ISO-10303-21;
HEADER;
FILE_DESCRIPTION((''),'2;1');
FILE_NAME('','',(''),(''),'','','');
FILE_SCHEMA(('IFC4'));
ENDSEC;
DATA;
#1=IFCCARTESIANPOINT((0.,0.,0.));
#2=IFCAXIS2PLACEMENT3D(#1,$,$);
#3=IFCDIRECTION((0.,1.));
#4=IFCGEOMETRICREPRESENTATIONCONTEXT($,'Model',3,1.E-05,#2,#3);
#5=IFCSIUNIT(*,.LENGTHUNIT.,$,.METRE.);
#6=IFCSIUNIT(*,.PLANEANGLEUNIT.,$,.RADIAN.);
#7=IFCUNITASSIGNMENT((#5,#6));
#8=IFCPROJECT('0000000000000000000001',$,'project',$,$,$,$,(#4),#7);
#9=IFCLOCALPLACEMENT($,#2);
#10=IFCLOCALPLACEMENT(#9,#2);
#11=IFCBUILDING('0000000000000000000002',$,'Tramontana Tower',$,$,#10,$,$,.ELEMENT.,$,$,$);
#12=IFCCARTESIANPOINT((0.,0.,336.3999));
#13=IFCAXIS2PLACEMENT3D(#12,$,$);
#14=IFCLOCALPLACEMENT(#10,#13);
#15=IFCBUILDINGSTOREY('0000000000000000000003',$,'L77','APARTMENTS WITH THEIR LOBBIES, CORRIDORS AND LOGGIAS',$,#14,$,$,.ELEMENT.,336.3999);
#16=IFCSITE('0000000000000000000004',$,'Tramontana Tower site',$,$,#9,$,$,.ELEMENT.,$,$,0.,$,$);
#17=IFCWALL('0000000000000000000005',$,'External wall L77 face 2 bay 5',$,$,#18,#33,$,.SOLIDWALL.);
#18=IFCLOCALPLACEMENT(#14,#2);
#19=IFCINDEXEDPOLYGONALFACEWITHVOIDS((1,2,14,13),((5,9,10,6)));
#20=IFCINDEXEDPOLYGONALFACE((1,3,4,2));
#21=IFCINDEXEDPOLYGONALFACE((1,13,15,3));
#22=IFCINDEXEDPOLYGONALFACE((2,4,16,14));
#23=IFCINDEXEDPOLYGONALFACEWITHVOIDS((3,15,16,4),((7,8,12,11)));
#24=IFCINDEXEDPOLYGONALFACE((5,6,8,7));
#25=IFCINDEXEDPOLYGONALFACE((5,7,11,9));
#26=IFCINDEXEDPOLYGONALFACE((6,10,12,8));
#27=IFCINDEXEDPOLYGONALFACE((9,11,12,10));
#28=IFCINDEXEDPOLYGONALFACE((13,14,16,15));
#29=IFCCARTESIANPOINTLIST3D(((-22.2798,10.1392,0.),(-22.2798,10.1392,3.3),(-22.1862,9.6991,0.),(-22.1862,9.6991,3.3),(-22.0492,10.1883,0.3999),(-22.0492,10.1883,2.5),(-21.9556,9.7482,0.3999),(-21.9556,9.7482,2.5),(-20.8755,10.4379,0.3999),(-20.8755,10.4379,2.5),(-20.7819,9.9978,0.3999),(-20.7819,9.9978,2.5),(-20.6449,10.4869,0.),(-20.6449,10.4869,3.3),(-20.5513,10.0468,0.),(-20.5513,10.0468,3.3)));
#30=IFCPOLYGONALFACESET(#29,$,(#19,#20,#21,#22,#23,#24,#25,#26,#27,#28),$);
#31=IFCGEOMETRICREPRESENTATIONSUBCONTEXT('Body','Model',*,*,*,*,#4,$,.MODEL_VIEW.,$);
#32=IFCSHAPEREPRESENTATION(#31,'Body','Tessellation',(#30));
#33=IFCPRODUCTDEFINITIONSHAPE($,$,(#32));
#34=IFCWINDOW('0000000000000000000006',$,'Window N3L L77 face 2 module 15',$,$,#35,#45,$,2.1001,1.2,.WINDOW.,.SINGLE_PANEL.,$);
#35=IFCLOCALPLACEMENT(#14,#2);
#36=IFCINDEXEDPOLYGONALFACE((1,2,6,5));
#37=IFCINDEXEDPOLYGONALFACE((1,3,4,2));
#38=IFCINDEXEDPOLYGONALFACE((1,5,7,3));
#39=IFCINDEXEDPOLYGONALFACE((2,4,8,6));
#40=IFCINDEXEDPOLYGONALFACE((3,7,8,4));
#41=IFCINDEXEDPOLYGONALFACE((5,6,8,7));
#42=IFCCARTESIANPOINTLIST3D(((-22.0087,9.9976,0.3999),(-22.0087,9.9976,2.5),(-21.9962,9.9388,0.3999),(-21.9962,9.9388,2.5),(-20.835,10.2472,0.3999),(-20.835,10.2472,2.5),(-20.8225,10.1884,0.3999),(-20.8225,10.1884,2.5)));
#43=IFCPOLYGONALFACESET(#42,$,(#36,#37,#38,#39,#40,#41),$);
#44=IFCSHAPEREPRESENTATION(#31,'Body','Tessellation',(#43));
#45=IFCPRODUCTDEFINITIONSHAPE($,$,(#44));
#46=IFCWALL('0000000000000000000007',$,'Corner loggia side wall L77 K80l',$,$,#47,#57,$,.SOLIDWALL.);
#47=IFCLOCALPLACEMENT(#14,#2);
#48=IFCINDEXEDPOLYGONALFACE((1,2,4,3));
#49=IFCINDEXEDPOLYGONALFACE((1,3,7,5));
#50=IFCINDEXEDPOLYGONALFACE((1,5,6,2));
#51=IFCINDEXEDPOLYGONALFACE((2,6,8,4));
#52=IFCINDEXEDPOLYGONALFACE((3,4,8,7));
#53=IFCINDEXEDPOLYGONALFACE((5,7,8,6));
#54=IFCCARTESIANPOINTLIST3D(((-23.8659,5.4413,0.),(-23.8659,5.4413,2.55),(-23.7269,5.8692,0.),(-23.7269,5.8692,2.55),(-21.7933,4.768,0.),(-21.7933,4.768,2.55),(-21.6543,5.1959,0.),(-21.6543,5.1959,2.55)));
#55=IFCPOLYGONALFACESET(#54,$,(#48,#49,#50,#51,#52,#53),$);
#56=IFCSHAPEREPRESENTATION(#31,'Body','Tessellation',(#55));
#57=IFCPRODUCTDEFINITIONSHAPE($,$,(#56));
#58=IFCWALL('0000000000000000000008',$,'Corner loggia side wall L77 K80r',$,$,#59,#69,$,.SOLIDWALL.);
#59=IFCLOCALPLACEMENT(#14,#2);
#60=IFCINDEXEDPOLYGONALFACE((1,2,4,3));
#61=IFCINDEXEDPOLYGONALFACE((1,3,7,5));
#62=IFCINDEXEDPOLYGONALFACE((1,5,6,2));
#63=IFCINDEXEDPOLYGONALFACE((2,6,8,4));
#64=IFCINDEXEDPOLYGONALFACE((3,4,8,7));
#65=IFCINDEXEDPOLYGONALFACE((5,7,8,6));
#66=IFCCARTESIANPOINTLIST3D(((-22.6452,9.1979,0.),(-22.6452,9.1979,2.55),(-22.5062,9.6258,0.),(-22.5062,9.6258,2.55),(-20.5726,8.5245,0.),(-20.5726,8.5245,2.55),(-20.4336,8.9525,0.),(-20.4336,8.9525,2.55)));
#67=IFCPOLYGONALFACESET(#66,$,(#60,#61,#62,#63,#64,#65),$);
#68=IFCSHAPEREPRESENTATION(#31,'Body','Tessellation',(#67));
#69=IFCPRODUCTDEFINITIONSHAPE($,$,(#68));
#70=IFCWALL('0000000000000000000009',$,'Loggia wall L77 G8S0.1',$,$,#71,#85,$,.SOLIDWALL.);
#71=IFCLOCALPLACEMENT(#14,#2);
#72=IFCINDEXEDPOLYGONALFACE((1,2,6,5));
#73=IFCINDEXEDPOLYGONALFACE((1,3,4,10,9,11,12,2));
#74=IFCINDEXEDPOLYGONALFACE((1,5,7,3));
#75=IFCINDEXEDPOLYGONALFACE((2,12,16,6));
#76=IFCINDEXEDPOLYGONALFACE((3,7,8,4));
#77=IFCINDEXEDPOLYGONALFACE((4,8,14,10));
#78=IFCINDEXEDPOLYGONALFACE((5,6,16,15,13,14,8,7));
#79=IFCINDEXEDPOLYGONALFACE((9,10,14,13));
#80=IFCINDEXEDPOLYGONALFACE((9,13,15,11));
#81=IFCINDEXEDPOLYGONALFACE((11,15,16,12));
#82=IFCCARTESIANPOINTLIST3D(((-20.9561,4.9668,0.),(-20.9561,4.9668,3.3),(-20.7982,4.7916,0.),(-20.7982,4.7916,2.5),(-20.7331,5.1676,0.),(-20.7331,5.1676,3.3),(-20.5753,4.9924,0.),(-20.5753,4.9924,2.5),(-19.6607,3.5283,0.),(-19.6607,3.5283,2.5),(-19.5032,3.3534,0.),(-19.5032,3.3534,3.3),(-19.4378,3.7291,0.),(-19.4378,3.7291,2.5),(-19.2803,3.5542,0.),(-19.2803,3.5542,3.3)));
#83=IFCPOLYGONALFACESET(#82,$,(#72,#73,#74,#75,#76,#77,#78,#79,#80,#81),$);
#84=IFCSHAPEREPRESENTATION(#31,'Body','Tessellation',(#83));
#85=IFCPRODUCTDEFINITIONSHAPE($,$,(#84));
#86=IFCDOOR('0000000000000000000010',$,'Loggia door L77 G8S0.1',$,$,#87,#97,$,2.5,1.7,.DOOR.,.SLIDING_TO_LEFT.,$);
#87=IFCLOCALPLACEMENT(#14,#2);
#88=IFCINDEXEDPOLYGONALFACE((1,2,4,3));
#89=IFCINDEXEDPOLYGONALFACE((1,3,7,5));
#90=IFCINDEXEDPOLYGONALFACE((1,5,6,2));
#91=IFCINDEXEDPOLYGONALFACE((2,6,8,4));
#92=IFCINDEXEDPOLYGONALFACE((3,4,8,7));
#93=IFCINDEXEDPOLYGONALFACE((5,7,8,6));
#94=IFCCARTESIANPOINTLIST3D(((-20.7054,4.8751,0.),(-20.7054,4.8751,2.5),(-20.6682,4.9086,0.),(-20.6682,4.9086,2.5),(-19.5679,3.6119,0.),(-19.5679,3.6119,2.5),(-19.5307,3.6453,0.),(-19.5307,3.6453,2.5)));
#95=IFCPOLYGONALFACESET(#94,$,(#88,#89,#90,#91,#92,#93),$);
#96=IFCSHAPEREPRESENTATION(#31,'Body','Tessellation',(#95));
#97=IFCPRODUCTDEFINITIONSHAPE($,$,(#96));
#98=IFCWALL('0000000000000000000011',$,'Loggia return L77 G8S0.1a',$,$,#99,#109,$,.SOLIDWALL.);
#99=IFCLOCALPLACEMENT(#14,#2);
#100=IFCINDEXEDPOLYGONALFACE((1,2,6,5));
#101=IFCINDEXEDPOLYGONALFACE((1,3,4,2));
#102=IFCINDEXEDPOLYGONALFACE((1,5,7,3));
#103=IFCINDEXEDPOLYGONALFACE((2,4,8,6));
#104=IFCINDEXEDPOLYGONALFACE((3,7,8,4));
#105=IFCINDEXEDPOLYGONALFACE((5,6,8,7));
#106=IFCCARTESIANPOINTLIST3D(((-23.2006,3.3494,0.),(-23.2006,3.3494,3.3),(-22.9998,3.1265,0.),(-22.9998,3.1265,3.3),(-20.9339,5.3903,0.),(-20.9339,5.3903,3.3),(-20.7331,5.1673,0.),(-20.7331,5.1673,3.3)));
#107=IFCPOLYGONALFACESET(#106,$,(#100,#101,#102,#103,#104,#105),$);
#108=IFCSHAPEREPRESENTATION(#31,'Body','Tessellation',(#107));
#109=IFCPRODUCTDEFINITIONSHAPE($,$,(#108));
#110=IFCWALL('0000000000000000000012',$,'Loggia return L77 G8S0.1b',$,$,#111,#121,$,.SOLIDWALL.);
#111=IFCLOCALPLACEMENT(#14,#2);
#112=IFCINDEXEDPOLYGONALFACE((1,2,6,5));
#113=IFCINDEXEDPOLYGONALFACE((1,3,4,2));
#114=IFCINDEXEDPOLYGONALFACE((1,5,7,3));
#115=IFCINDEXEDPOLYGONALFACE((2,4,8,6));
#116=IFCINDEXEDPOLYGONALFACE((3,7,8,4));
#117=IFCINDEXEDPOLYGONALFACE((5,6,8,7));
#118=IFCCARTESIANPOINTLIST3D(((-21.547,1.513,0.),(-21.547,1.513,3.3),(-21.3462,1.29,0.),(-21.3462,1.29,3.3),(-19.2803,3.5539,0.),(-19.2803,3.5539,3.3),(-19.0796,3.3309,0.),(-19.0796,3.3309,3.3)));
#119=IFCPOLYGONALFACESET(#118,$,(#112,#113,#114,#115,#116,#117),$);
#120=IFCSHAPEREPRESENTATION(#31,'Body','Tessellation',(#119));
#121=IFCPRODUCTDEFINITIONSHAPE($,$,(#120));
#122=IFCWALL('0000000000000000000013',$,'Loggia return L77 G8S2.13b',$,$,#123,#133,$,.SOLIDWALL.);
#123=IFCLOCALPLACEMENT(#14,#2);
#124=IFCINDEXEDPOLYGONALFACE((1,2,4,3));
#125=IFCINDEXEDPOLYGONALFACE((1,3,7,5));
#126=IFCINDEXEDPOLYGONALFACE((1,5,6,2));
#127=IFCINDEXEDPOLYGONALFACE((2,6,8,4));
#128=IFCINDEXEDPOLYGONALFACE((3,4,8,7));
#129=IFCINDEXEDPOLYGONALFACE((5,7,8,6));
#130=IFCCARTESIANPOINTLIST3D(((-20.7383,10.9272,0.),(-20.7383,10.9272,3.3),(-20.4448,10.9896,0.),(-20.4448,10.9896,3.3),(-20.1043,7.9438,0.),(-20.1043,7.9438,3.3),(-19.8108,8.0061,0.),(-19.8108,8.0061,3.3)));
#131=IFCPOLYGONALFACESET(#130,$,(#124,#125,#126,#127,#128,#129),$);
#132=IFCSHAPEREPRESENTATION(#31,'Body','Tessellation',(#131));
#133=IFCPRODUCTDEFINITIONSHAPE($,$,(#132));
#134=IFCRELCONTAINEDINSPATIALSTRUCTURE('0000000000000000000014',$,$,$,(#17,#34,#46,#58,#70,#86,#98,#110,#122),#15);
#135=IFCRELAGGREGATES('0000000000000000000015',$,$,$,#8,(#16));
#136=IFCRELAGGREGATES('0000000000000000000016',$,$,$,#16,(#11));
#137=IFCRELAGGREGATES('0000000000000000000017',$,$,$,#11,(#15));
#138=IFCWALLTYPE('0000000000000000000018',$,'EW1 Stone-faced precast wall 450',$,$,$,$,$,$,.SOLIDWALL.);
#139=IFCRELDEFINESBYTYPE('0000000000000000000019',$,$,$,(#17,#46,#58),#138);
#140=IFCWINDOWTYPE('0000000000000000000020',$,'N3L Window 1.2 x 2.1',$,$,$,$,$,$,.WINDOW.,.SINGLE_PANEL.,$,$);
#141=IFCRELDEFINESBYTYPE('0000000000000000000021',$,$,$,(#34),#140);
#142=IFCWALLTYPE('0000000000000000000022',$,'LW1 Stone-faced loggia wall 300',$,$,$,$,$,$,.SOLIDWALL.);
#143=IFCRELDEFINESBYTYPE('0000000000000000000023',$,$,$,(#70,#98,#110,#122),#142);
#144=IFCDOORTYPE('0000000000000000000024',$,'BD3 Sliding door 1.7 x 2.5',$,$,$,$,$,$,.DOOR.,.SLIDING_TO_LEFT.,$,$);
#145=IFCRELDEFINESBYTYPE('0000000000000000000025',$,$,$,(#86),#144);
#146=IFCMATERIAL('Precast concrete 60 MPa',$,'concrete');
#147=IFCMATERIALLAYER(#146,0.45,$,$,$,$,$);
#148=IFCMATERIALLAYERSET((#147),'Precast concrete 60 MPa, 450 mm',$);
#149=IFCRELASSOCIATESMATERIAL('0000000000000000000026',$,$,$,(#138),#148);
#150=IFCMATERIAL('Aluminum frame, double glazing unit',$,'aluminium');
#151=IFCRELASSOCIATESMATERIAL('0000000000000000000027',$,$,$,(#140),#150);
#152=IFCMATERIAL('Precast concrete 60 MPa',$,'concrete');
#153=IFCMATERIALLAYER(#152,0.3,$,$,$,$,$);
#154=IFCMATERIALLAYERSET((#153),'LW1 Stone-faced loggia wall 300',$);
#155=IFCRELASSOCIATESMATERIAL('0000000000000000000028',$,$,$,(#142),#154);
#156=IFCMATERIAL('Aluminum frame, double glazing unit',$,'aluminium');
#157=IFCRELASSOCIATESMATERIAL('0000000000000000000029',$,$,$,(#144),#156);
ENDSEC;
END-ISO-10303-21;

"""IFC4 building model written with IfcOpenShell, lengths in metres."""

from ifc_helpers import new_model, si_unit, direction, frame, frame_2d, origin, place, context, subcontext, project, spatial, rectangle, extrude, material, layer, layer_set, type_object, element, fill, save


model = new_model("IFC4")

# Units and contexts
model_context = context("Model", 3, precision=1e-05, world=origin(), true_north=direction((0.0, 1.0)))
body_context = subcontext(model_context, "Body", "Model", "MODEL_VIEW")
ifc_project = project(units=[si_unit("LENGTHUNIT", "METRE"), si_unit("PLANEANGLEUNIT", "RADIAN")], contexts=[model_context])

# Site, building, storey
site_placement = place(None, origin())
site = spatial("IfcSite", under=ifc_project, at=site_placement, Name="Tramontana Tower site", CompositionType="ELEMENT", RefElevation=0.0)
building_placement = place(site_placement, origin())
building = spatial("IfcBuilding", under=site, at=building_placement, Name="Tramontana Tower", CompositionType="ELEMENT")
storey_placement = place(building_placement, frame((0.0, 0.0, 336.3999)))
storey = spatial("IfcBuildingStorey", under=building, at=storey_placement, Name="L77", Description="APARTMENTS WITH THEIR LOBBIES, CORRIDORS AND LOGGIAS", CompositionType="ELEMENT", Elevation=336.3999)

# Wall, opening, window
ifc_material_1 = material(Name="Precast concrete 60 MPa", Category="concrete")
ifc_layer_1 = layer(ifc_material_1, 0.45)
ifc_layer_set_1 = layer_set([ifc_layer_1], Name="Precast concrete 60 MPa, 450 mm")
wall_type_1 = type_object("IfcWallType", Name="EW1 Stone-faced precast wall 450", PredefinedType="SOLIDWALL", material=ifc_layer_set_1)
ifc_material_2 = material(Name="Aluminum frame, double glazing unit", Category="aluminium")
window_type_1 = type_object("IfcWindowType", Name="N3L Window 1.2 x 2.1", PartitioningType="SINGLE_PANEL", PredefinedType="WINDOW", material=ifc_material_2)
wall_1_placement = place(storey_placement, frame((-20.5981, 10.2668, 0.0), z_axis=(0.0, 0.0, 1.0), x_axis=(-0.978126, -0.208012, 0.0)))
wall_1 = element("IfcWall", 1, at=wall_1_placement, inside=storey, type_object=wall_type_1, Name="External wall L77 face 2 bay 5", PredefinedType="SOLIDWALL", context=body_context, shape_type="SweptSolid", body=[
    extrude(rectangle(XDim=1.6714, YDim=0.45, at=frame_2d((0.8357, 0.0))), origin(), (0.0, 0.0, 1.0), 3.3),
])
opening_1_placement = place(wall_1_placement, frame((0.2356, 0.0, 0.3999)))
opening_1 = element("IfcOpeningElement", 2, at=opening_1_placement, cuts=wall_1, PredefinedType="OPENING", context=body_context, shape_type="SweptSolid", body=[
    extrude(rectangle(XDim=1.2, YDim=2.1001, at=frame_2d((0.6001, 1.05))), frame((0.0, 0.2349, 0.0), z_axis=(0.0, -1.0, 0.0), x_axis=(1.0, 0.0, 0.0)), (0.0, 0.0, 1.0), 0.47),
])
window_1_placement = place(opening_1_placement, origin())
window_1 = element("IfcWindow", 3, at=window_1_placement, inside=storey, type_object=window_type_1, Name="Window N3L L77 face 2 module 15", OverallHeight=2.1001, OverallWidth=1.2, PartitioningType="SINGLE_PANEL", PredefinedType="WINDOW", context=body_context, shape_type="SweptSolid", body=[
    extrude(rectangle(XDim=1.2, YDim=2.1001, at=frame_2d((0.6001, 1.05))), frame((0.0, 0.03, 0.0), z_axis=(0.0, -1.0, 0.0), x_axis=(1.0, 0.0, 0.0)), (0.0, 0.0, 1.0), 0.0601),
])
fill(opening_1, window_1)

# Walls
for number, where, z_axis, x_axis, name in (
    (4, (-23.7964, 5.6553, 0.0), (0.0, 0.0, 1.0), (0.951065, -0.308992, 0.0), "Corner loggia side wall L77 K80l"),
    (5, (-22.5757, 9.4119, 0.0), (0.0, 0.0, 1.0), (0.951065, -0.308992, 0.0), "Corner loggia side wall L77 K80r"),
):
    element("IfcWall", number, at=place(storey_placement, frame(where, z_axis=z_axis, x_axis=x_axis)), inside=storey, type_object=wall_type_1, Name=name, PredefinedType="SOLIDWALL", context=body_context, shape_type="SweptSolid", body=[
        extrude(rectangle(XDim=2.1792, YDim=0.45, at=frame_2d((1.0896, 0.0))), origin(), (0.0, 0.0, 1.0), 2.55),
    ])

# Wall, opening, door
ifc_material_3 = material(Name="Precast concrete 60 MPa", Category="concrete")
ifc_layer_2 = layer(ifc_material_3, 0.3)
ifc_layer_set_2 = layer_set([ifc_layer_2], Name="LW1 Stone-faced loggia wall 300")
wall_type_2 = type_object("IfcWallType", Name="LW1 Stone-faced loggia wall 300", PredefinedType="SOLIDWALL", material=ifc_layer_set_2)
wall_2_placement = place(storey_placement, frame((-20.8445, 5.0671, 0.0), z_axis=(0.0, 0.0, 1.0), x_axis=(0.669145, -0.743132, 0.0)))
wall_2 = element("IfcWall", 6, at=wall_2_placement, inside=storey, type_object=wall_type_2, Name="Loggia wall L77 G8S0.1", PredefinedType="SOLIDWALL", context=body_context, shape_type="SweptSolid", body=[
    extrude(rectangle(XDim=2.1711, YDim=0.3, at=frame_2d((1.0854, 0.0))), origin(), (0.0, 0.0, 1.0), 3.3),
])
opening_2_placement = place(wall_2_placement, frame((0.2356, 0.0, 0.0)))
opening_2 = element("IfcOpeningElement", 7, at=opening_2_placement, cuts=wall_2, PredefinedType="OPENING", context=body_context, shape_type="SweptSolid", body=[
    extrude(rectangle(XDim=1.7, YDim=2.5, at=frame_2d((0.8501, 1.25))), frame((0.0, 0.1599, 0.0), z_axis=(0.0, -1.0, 0.0), x_axis=(1.0, 0.0, 0.0)), (0.0, 0.0, 1.0), 0.3201),
])
ifc_material_4 = material(Name="Aluminum frame, double glazing unit", Category="aluminium")
door_type_1 = type_object("IfcDoorType", Name="BD3 Sliding door 1.7 x 2.5", OperationType="SLIDING_TO_LEFT", PredefinedType="DOOR", material=ifc_material_4)
door_1_placement = place(opening_2_placement, origin())
door_1 = element("IfcDoor", 8, at=door_1_placement, inside=storey, type_object=door_type_1, Name="Loggia door L77 G8S0.1", OperationType="SLIDING_TO_LEFT", OverallHeight=2.5, OverallWidth=1.7, PredefinedType="DOOR", context=body_context, shape_type="SweptSolid", body=[
    extrude(rectangle(XDim=1.7, YDim=2.5, at=frame_2d((0.8501, 1.25))), frame((0.0, 0.0249, 0.0), z_axis=(0.0, -1.0, 0.0), x_axis=(1.0, 0.0, 0.0)), (0.0, 0.0, 1.0), 0.05),
])
fill(opening_2, door_1)

# Walls
for number, where, z_axis, x_axis, name in (
    (9, (-23.1001, 3.238, 0.0), (0.0, 0.0, 1.0), (0.743159, 0.669115, 0.0), "Loggia return L77 G8S0.1a"),
    (10, (-21.4465, 1.4016, 0.0), (0.0, 0.0, 1.0), (0.743159, 0.669115, 0.0), "Loggia return L77 G8S0.1b"),
    (11, (-20.5916, 10.9583, 0.0), (0.0, 0.0, 1.0), (0.207878, -0.978155, 0.0), "Loggia return L77 G8S2.13b"),
):
    element("IfcWall", number, at=place(storey_placement, frame(where, z_axis=z_axis, x_axis=x_axis)), inside=storey, type_object=wall_type_2, Name=name, PredefinedType="SOLIDWALL", context=body_context, shape_type="SweptSolid", body=[
        extrude(rectangle(XDim=3.05, YDim=0.3, at=frame_2d((1.5249, 0.0))), origin(), (0.0, 0.0, 1.0), 3.3),
    ])

save(model, "model.ifc")
